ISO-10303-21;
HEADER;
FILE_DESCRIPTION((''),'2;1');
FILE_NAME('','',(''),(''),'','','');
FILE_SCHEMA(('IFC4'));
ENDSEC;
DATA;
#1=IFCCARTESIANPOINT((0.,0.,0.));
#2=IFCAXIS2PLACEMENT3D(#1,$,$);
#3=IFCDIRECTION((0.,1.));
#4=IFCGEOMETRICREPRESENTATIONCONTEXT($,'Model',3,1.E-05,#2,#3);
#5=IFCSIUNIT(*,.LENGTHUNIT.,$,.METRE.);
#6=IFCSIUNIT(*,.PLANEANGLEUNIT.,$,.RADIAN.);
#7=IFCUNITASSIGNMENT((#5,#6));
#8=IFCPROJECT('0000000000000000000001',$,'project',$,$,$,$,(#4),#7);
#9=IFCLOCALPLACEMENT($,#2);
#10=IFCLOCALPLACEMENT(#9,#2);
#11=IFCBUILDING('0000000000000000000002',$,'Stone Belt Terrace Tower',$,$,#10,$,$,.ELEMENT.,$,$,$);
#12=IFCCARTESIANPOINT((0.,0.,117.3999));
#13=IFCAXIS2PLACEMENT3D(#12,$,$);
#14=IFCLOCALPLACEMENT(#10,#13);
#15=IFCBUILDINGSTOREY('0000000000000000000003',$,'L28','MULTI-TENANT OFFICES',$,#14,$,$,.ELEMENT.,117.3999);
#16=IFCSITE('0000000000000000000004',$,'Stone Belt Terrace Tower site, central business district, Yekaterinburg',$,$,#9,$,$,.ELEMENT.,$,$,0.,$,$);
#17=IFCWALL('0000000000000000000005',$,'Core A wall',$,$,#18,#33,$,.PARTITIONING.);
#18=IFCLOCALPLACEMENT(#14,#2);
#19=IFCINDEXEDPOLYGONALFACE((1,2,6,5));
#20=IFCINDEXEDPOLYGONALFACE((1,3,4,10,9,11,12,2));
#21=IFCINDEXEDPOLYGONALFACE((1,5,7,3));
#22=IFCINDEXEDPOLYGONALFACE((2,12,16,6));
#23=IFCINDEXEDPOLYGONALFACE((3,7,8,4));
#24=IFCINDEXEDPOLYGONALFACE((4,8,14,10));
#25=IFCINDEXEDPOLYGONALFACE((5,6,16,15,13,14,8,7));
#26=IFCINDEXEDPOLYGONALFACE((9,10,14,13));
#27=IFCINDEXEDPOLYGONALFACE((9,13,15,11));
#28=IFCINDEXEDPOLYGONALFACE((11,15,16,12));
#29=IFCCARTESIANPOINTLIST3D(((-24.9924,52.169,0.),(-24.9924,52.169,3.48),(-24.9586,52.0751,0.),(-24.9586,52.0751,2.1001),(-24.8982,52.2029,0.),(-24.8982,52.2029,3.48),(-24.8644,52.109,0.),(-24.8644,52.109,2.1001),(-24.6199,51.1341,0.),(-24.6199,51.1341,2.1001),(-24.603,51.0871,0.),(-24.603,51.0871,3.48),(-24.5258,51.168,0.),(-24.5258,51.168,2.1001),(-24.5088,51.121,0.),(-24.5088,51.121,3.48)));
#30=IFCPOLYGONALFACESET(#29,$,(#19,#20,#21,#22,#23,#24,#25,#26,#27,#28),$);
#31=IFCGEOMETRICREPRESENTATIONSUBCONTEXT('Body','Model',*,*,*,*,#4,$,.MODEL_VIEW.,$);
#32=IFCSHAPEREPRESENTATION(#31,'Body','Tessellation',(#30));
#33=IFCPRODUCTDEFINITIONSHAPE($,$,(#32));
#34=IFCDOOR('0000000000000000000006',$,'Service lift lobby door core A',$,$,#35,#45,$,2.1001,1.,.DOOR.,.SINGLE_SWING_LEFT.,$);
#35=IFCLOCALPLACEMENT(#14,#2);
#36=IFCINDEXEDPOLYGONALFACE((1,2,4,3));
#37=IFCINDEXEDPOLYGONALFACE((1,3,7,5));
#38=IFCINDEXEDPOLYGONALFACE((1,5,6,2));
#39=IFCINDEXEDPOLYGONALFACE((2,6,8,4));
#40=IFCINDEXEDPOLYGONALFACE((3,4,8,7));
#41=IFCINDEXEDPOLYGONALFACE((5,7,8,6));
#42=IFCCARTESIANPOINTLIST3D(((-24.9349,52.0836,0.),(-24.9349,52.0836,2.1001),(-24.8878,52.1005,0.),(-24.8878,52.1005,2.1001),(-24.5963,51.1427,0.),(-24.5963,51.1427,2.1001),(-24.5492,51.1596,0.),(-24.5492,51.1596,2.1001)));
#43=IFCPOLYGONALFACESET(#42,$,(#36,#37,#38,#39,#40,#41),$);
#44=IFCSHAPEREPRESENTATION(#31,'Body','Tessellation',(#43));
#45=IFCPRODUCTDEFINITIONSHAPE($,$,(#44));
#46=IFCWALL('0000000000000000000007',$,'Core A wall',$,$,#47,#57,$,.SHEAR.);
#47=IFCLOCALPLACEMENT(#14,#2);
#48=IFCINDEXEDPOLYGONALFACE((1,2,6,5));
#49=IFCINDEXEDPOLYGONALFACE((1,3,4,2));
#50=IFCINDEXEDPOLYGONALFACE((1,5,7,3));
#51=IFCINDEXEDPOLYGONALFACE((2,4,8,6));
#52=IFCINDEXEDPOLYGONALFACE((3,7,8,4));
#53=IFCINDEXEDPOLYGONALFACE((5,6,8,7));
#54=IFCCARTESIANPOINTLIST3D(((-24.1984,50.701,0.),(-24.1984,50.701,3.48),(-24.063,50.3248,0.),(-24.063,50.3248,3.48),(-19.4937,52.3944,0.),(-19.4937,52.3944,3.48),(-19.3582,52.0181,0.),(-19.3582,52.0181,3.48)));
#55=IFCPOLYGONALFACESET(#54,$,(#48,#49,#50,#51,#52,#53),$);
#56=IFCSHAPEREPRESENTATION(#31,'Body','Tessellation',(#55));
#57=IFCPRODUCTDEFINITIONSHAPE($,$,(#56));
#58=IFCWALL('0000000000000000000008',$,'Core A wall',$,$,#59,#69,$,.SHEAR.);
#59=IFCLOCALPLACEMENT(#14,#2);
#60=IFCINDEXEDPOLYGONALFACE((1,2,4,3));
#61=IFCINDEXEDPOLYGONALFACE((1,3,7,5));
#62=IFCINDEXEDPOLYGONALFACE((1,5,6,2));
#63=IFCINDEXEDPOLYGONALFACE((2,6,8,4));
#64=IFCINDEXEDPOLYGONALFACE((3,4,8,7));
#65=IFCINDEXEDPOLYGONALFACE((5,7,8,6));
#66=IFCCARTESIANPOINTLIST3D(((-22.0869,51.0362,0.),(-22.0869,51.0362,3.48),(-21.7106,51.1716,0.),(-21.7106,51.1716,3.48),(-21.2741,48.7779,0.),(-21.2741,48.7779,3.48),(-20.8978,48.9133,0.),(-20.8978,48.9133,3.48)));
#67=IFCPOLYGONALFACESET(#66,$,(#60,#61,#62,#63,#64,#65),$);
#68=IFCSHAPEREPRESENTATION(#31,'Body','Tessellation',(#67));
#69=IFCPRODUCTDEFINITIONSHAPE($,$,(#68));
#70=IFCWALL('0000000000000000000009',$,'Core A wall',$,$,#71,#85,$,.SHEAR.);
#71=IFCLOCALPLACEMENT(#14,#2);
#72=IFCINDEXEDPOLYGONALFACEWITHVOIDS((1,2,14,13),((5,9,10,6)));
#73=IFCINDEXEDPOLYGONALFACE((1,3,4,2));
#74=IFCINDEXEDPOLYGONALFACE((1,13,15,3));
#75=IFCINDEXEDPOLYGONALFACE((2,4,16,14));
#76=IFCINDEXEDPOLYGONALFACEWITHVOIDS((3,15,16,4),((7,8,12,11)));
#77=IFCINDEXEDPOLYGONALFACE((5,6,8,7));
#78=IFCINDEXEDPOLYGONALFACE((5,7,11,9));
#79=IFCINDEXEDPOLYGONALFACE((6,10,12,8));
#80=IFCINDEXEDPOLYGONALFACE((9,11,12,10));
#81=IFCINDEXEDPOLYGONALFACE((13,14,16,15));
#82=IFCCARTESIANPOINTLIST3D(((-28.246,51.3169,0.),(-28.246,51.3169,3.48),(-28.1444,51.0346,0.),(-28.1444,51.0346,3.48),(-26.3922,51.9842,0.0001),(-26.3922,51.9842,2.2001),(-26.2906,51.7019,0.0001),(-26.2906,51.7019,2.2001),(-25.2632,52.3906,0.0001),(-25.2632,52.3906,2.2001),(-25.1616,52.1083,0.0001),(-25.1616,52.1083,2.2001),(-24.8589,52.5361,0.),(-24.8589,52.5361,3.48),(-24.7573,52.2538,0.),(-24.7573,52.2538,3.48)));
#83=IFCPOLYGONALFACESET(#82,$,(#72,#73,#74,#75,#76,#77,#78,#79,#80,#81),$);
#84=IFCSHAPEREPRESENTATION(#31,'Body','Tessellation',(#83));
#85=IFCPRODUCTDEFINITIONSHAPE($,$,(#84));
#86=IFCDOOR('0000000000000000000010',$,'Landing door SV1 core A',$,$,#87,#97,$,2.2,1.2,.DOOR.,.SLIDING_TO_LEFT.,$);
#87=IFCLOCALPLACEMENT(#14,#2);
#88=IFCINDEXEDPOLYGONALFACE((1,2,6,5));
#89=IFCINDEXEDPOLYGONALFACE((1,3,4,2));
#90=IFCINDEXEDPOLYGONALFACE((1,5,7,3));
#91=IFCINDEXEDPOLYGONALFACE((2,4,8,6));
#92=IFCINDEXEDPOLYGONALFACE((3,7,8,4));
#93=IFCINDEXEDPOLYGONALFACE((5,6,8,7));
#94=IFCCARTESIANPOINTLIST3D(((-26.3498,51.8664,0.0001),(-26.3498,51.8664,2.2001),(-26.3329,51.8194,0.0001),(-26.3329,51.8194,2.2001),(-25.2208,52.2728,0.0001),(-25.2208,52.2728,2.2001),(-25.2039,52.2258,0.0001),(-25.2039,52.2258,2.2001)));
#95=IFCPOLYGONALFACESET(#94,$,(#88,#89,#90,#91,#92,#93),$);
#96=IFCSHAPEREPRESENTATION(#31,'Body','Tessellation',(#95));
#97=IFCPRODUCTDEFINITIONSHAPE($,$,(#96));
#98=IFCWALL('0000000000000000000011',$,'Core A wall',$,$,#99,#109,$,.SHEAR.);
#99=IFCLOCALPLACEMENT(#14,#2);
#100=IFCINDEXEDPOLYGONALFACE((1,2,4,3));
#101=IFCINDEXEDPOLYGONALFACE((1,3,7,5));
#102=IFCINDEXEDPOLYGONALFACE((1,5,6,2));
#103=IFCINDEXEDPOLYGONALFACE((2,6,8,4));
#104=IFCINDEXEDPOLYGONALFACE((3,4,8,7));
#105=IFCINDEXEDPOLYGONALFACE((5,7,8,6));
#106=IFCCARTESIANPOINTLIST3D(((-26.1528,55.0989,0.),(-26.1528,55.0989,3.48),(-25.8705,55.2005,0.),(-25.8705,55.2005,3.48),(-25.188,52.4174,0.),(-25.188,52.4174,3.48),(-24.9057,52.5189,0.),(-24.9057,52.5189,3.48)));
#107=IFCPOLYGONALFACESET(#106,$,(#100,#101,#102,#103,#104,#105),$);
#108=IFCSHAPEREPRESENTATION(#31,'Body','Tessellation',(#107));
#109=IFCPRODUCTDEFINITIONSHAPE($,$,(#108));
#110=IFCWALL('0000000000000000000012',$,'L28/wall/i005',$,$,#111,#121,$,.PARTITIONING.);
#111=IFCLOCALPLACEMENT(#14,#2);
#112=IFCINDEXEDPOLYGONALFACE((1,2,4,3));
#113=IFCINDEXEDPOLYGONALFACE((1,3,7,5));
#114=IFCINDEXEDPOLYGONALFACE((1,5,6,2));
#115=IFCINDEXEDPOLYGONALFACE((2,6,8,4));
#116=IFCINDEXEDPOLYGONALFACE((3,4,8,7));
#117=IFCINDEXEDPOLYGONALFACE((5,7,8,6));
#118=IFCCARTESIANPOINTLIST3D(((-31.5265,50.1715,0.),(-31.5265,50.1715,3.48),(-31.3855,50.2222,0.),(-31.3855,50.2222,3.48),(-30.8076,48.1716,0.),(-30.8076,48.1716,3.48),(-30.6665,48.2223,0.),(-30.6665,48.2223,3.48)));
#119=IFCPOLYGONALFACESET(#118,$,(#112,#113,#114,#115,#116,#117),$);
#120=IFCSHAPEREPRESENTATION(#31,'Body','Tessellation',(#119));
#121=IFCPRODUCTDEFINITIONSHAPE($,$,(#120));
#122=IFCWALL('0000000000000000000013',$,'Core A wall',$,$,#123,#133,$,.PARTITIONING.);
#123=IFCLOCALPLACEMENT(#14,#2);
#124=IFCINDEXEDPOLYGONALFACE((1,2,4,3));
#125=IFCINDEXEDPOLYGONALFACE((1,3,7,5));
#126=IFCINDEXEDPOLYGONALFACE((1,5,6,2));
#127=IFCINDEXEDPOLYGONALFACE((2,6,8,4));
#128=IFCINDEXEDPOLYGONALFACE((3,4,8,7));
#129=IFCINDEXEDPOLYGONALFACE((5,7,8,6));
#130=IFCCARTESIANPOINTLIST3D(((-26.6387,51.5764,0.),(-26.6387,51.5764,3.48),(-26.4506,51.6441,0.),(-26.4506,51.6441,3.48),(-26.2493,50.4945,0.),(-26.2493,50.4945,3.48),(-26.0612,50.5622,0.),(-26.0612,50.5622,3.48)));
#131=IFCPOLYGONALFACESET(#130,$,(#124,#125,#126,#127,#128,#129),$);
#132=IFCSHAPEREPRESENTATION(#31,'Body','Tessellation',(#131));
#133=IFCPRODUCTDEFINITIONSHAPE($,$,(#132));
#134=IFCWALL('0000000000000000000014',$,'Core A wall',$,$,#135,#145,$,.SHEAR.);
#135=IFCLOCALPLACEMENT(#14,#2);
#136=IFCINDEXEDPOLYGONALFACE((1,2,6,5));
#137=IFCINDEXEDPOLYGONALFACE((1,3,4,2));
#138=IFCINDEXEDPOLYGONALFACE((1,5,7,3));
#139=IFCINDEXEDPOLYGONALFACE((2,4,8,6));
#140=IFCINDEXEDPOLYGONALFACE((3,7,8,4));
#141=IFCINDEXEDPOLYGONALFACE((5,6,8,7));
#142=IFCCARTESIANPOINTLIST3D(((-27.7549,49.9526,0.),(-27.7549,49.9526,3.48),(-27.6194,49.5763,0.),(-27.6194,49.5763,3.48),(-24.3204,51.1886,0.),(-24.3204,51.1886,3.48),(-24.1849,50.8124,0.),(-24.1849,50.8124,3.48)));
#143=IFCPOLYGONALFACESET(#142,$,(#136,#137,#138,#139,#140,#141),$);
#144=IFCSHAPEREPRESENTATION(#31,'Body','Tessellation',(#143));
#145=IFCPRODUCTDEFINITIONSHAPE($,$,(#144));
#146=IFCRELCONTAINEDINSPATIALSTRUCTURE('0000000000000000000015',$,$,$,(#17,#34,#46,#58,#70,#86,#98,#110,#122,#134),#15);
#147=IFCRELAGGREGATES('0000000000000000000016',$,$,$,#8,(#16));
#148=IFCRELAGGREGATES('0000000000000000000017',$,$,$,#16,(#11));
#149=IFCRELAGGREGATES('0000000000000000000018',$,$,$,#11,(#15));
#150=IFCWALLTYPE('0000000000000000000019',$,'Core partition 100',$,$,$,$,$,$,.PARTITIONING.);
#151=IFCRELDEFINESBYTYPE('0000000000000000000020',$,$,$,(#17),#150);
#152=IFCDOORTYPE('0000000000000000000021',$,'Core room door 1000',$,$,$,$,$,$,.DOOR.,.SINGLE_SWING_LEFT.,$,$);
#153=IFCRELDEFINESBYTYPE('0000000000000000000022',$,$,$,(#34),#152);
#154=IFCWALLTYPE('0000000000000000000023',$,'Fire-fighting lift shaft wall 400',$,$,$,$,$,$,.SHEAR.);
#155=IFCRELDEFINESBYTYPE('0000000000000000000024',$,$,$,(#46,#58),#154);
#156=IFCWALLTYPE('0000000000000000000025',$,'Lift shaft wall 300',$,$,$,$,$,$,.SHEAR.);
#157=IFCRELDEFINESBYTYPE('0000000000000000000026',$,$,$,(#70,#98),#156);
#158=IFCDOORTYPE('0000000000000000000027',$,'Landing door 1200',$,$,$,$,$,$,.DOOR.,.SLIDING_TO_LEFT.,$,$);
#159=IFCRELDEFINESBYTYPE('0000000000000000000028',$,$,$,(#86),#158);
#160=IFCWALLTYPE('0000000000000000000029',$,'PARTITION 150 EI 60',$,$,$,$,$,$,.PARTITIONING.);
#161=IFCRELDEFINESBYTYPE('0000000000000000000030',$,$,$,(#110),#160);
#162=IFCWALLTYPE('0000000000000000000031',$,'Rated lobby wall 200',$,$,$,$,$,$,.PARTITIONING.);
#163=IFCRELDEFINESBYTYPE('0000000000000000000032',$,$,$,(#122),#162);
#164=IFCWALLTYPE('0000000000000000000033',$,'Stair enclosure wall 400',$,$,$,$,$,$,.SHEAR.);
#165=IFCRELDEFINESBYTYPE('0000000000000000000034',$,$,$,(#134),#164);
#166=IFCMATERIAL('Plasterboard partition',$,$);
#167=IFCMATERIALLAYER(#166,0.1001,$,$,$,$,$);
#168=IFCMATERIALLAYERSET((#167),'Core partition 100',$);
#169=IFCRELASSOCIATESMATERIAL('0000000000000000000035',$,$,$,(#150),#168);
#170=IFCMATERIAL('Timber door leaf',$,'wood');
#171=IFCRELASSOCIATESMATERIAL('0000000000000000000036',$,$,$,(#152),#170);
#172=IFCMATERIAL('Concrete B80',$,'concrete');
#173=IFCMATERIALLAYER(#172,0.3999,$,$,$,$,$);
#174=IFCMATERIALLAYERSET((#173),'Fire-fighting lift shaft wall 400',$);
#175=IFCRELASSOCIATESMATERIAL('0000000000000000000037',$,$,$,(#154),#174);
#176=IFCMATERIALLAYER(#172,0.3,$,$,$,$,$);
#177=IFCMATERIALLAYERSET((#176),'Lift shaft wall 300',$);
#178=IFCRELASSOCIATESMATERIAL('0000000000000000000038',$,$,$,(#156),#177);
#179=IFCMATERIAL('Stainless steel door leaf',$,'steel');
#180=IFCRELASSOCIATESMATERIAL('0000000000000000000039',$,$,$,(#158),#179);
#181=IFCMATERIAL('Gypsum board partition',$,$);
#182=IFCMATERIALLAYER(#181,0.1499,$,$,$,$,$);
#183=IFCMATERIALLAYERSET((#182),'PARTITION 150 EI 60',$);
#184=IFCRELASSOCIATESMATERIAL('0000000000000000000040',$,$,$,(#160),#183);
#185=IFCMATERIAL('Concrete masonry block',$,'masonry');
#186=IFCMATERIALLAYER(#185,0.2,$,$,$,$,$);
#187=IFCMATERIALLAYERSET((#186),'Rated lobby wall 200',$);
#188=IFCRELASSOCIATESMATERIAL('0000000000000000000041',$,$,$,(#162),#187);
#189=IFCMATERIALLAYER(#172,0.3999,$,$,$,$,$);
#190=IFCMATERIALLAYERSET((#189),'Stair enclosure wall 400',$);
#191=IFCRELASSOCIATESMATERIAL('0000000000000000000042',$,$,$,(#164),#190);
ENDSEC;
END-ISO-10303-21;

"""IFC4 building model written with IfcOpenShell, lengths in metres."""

from ifc_helpers import new_model, si_unit, direction, frame, frame_2d, origin, place, context, subcontext, project, spatial, rectangle, extrude, material, layer, layer_set, type_object, element, fill, save


model = new_model("IFC4")

# Units and contexts
model_context = context("Model", 3, precision=1e-05, world=origin(), true_north=direction((0.0, 1.0)))
body_context = subcontext(model_context, "Body", "Model", "MODEL_VIEW")
ifc_project = project(units=[si_unit("LENGTHUNIT", "METRE"), si_unit("PLANEANGLEUNIT", "RADIAN")], contexts=[model_context])

# Site, building, storey
site_placement = place(None, origin())
site = spatial("IfcSite", under=ifc_project, at=site_placement, Name="Stone Belt Terrace Tower site, central business district, Yekaterinburg", CompositionType="ELEMENT", RefElevation=0.0)
building_placement = place(site_placement, origin())
building = spatial("IfcBuilding", under=site, at=building_placement, Name="Stone Belt Terrace Tower", CompositionType="ELEMENT")
storey_placement = place(building_placement, frame((0.0, 0.0, 117.3999)))
storey = spatial("IfcBuildingStorey", under=building, at=storey_placement, Name="L28", Description="MULTI-TENANT OFFICES", CompositionType="ELEMENT", Elevation=117.3999)

# Wall, opening, door
ifc_material_1 = material(Name="Plasterboard partition")
ifc_layer_1 = layer(ifc_material_1, 0.1001)
ifc_layer_set_1 = layer_set([ifc_layer_1], Name="Core partition 100")
wall_type_1 = type_object("IfcWallType", Name="Core partition 100", PredefinedType="PARTITIONING", material=ifc_layer_set_1)
wall_1_placement = place(storey_placement, frame((-24.5559, 51.104, 0.0), z_axis=(0.0, 0.0, 1.0), x_axis=(-0.338622, 0.940923, 0.0)))
wall_1 = element("IfcWall", 1, at=wall_1_placement, inside=storey, type_object=wall_type_1, Name="Core A wall", PredefinedType="PARTITIONING", context=body_context, shape_type="SweptSolid", body=[
    extrude(rectangle(XDim=1.1499, YDim=0.1001, at=frame_2d((0.575, 0.0))), origin(), (0.0, 0.0, 1.0), 3.48),
])
opening_1_placement = place(wall_1_placement, frame((0.05, 0.0, 0.0)))
opening_1 = element("IfcOpeningElement", 2, at=opening_1_placement, cuts=wall_1, PredefinedType="OPENING", context=body_context, shape_type="SweptSolid", body=[
    extrude(rectangle(XDim=1.0, YDim=2.1001, at=frame_2d((0.5, 1.05))), frame((0.0, 0.0601, 0.0), z_axis=(0.0, -1.0, 0.0), x_axis=(1.0, 0.0, 0.0)), (0.0, 0.0, 1.0), 0.1201),
])
ifc_material_2 = material(Name="Timber door leaf", Category="wood")
door_type_1 = type_object("IfcDoorType", Name="Core room door 1000", OperationType="SINGLE_SWING_LEFT", PredefinedType="DOOR", material=ifc_material_2)
door_1_placement = place(opening_1_placement, origin())
door_1 = element("IfcDoor", 3, at=door_1_placement, inside=storey, type_object=door_type_1, Name="Service lift lobby door core A", OperationType="SINGLE_SWING_LEFT", OverallHeight=2.1001, OverallWidth=1.0, PredefinedType="DOOR", context=body_context, shape_type="SweptSolid", body=[
    extrude(rectangle(XDim=1.0, YDim=2.1001, at=frame_2d((0.5, 1.05))), frame((0.0, 0.0249, 0.0), z_axis=(0.0, -1.0, 0.0), x_axis=(1.0, 0.0, 0.0)), (0.0, 0.0, 1.0), 0.05),
])
fill(opening_1, door_1)

# Walls
ifc_material_3 = material(Name="Concrete B80", Category="concrete")
ifc_layer_2 = layer(ifc_material_3, 0.3999)
ifc_layer_set_2 = layer_set([ifc_layer_2], Name="Fire-fighting lift shaft wall 400")
wall_type_2 = type_object("IfcWallType", Name="Fire-fighting lift shaft wall 400", PredefinedType="SHEAR", material=ifc_layer_set_2)
wall_2_placement = place(storey_placement, frame((-24.1306, 50.5129, 0.0), z_axis=(0.0, 0.0, 1.0), x_axis=(0.940912, 0.338652, 0.0)))
element("IfcWall", 4, at=wall_2_placement, inside=storey, type_object=wall_type_2, Name="Core A wall", PredefinedType="SHEAR", context=body_context, shape_type="SweptSolid", body=[
    extrude(rectangle(XDim=5.0002, YDim=0.3999, at=frame_2d((2.5, 0.0))), origin(), (0.0, 0.0, 1.0), 3.48),
])
wall_3_placement = place(storey_placement, frame((-21.0859, 48.8455, 0.0), z_axis=(0.0, 0.0, 1.0), x_axis=(-0.338629, 0.94092, 0.0)))
element("IfcWall", 5, at=wall_3_placement, inside=storey, type_object=wall_type_2, Name="Core A wall", PredefinedType="SHEAR", context=body_context, shape_type="SweptSolid", body=[
    extrude(rectangle(XDim=2.4001, YDim=0.3999, at=frame_2d((1.2002, 0.0))), origin(), (0.0, 0.0, 1.0), 3.48),
])

# Wall, opening, door
ifc_layer_3 = layer(ifc_material_3, 0.3)
ifc_layer_set_3 = layer_set([ifc_layer_3], Name="Lift shaft wall 300")
wall_type_3 = type_object("IfcWallType", Name="Lift shaft wall 300", PredefinedType="SHEAR", material=ifc_layer_set_3)
wall_4_placement = place(storey_placement, frame((-28.1951, 51.1758, 0.0), z_axis=(0.0, 0.0, 1.0), x_axis=(0.940901, 0.338681, 0.0)))
wall_4 = element("IfcWall", 6, at=wall_4_placement, inside=storey, type_object=wall_type_3, Name="Core A wall", PredefinedType="SHEAR", context=body_context, shape_type="SweptSolid", body=[
    extrude(rectangle(XDim=3.5999, YDim=0.3, at=frame_2d((1.7998, 0.0))), origin(), (0.0, 0.0, 1.0), 3.48),
])
opening_2_placement = place(wall_4_placement, frame((1.97, 0.0, 0.0)))
opening_2 = element("IfcOpeningElement", 7, at=opening_2_placement, cuts=wall_4, PredefinedType="OPENING", context=body_context, shape_type="SweptSolid", body=[
    extrude(rectangle(XDim=1.2, YDim=2.2, at=frame_2d((0.6001, 1.1001))), frame((0.0, 0.1599, 0.0), z_axis=(0.0, -1.0, 0.0), x_axis=(1.0, 0.0, 0.0)), (0.0, 0.0, 1.0), 0.3201),
])
ifc_material_4 = material(Name="Stainless steel door leaf", Category="steel")
door_type_2 = type_object("IfcDoorType", Name="Landing door 1200", OperationType="SLIDING_TO_LEFT", PredefinedType="DOOR", material=ifc_material_4)
door_2_placement = place(opening_2_placement, origin())
door_2 = element("IfcDoor", 8, at=door_2_placement, inside=storey, type_object=door_type_2, Name="Landing door SV1 core A", OperationType="SLIDING_TO_LEFT", OverallHeight=2.2, OverallWidth=1.2, PredefinedType="DOOR", context=body_context, shape_type="SweptSolid", body=[
    extrude(rectangle(XDim=1.2, YDim=2.2, at=frame_2d((0.6001, 1.1001))), frame((0.0, 0.0249, 0.0), z_axis=(0.0, -1.0, 0.0), x_axis=(1.0, 0.0, 0.0)), (0.0, 0.0, 1.0), 0.05),
])
fill(opening_2, door_2)

# Walls
wall_5_placement = place(storey_placement, frame((-25.0469, 52.4683, 0.0), z_axis=(0.0, 0.0, 1.0), x_axis=(-0.33855, 0.940949, 0.0)))
element("IfcWall", 9, at=wall_5_placement, inside=storey, type_object=wall_type_3, Name="Core A wall", PredefinedType="SHEAR", context=body_context, shape_type="SweptSolid", body=[
    extrude(rectangle(XDim=2.8499, YDim=0.3, at=frame_2d((1.4248, 0.0))), origin(), (0.0, 0.0, 1.0), 3.48),
])
ifc_material_5 = material(Name="Gypsum board partition")
ifc_layer_4 = layer(ifc_material_5, 0.1499)
ifc_layer_set_4 = layer_set([ifc_layer_4], Name="PARTITION 150 EI 60")
wall_type_4 = type_object("IfcWallType", Name="PARTITION 150 EI 60", PredefinedType="PARTITIONING", material=ifc_layer_set_4)
wall_6_placement = place(storey_placement, frame((-30.7371, 48.197, 0.0), z_axis=(0.0, 0.0, 1.0), x_axis=(-0.3383, 0.941038, 0.0)))
element("IfcWall", 10, at=wall_6_placement, inside=storey, type_object=wall_type_4, Name="L28/wall/i005", PredefinedType="PARTITIONING", context=body_context, shape_type="SweptSolid", body=[
    extrude(rectangle(XDim=2.1252, YDim=0.1499, at=frame_2d((1.0625, 0.0))), origin(), (0.0, 0.0, 1.0), 3.48),
])
ifc_material_6 = material(Name="Concrete masonry block", Category="masonry")
ifc_layer_5 = layer(ifc_material_6, 0.2)
ifc_layer_set_5 = layer_set([ifc_layer_5], Name="Rated lobby wall 200")
wall_type_5 = type_object("IfcWallType", Name="Rated lobby wall 200", PredefinedType="PARTITIONING", material=ifc_layer_set_5)
wall_7_placement = place(storey_placement, frame((-26.1553, 50.5283, 0.0), z_axis=(0.0, 0.0, 1.0), x_axis=(-0.338622, 0.940923, 0.0)))
element("IfcWall", 11, at=wall_7_placement, inside=storey, type_object=wall_type_5, Name="Core A wall", PredefinedType="PARTITIONING", context=body_context, shape_type="SweptSolid", body=[
    extrude(rectangle(XDim=1.1499, YDim=0.2, at=frame_2d((0.575, 0.0))), origin(), (0.0, 0.0, 1.0), 3.48),
])
ifc_layer_6 = layer(ifc_material_3, 0.3999)
ifc_layer_set_6 = layer_set([ifc_layer_6], Name="Stair enclosure wall 400")
wall_type_6 = type_object("IfcWallType", Name="Stair enclosure wall 400", PredefinedType="SHEAR", material=ifc_layer_set_6)
wall_8_placement = place(storey_placement, frame((-27.6873, 49.7644, 0.0), z_axis=(0.0, 0.0, 1.0), x_axis=(0.940919, 0.338632, 0.0)))
element("IfcWall", 12, at=wall_8_placement, inside=storey, type_object=wall_type_6, Name="Core A wall", PredefinedType="SHEAR", context=body_context, shape_type="SweptSolid", body=[
    extrude(rectangle(XDim=3.6501, YDim=0.3999, at=frame_2d((1.8252, 0.0))), origin(), (0.0, 0.0, 1.0), 3.48),
])

save(model, "model.ifc")
